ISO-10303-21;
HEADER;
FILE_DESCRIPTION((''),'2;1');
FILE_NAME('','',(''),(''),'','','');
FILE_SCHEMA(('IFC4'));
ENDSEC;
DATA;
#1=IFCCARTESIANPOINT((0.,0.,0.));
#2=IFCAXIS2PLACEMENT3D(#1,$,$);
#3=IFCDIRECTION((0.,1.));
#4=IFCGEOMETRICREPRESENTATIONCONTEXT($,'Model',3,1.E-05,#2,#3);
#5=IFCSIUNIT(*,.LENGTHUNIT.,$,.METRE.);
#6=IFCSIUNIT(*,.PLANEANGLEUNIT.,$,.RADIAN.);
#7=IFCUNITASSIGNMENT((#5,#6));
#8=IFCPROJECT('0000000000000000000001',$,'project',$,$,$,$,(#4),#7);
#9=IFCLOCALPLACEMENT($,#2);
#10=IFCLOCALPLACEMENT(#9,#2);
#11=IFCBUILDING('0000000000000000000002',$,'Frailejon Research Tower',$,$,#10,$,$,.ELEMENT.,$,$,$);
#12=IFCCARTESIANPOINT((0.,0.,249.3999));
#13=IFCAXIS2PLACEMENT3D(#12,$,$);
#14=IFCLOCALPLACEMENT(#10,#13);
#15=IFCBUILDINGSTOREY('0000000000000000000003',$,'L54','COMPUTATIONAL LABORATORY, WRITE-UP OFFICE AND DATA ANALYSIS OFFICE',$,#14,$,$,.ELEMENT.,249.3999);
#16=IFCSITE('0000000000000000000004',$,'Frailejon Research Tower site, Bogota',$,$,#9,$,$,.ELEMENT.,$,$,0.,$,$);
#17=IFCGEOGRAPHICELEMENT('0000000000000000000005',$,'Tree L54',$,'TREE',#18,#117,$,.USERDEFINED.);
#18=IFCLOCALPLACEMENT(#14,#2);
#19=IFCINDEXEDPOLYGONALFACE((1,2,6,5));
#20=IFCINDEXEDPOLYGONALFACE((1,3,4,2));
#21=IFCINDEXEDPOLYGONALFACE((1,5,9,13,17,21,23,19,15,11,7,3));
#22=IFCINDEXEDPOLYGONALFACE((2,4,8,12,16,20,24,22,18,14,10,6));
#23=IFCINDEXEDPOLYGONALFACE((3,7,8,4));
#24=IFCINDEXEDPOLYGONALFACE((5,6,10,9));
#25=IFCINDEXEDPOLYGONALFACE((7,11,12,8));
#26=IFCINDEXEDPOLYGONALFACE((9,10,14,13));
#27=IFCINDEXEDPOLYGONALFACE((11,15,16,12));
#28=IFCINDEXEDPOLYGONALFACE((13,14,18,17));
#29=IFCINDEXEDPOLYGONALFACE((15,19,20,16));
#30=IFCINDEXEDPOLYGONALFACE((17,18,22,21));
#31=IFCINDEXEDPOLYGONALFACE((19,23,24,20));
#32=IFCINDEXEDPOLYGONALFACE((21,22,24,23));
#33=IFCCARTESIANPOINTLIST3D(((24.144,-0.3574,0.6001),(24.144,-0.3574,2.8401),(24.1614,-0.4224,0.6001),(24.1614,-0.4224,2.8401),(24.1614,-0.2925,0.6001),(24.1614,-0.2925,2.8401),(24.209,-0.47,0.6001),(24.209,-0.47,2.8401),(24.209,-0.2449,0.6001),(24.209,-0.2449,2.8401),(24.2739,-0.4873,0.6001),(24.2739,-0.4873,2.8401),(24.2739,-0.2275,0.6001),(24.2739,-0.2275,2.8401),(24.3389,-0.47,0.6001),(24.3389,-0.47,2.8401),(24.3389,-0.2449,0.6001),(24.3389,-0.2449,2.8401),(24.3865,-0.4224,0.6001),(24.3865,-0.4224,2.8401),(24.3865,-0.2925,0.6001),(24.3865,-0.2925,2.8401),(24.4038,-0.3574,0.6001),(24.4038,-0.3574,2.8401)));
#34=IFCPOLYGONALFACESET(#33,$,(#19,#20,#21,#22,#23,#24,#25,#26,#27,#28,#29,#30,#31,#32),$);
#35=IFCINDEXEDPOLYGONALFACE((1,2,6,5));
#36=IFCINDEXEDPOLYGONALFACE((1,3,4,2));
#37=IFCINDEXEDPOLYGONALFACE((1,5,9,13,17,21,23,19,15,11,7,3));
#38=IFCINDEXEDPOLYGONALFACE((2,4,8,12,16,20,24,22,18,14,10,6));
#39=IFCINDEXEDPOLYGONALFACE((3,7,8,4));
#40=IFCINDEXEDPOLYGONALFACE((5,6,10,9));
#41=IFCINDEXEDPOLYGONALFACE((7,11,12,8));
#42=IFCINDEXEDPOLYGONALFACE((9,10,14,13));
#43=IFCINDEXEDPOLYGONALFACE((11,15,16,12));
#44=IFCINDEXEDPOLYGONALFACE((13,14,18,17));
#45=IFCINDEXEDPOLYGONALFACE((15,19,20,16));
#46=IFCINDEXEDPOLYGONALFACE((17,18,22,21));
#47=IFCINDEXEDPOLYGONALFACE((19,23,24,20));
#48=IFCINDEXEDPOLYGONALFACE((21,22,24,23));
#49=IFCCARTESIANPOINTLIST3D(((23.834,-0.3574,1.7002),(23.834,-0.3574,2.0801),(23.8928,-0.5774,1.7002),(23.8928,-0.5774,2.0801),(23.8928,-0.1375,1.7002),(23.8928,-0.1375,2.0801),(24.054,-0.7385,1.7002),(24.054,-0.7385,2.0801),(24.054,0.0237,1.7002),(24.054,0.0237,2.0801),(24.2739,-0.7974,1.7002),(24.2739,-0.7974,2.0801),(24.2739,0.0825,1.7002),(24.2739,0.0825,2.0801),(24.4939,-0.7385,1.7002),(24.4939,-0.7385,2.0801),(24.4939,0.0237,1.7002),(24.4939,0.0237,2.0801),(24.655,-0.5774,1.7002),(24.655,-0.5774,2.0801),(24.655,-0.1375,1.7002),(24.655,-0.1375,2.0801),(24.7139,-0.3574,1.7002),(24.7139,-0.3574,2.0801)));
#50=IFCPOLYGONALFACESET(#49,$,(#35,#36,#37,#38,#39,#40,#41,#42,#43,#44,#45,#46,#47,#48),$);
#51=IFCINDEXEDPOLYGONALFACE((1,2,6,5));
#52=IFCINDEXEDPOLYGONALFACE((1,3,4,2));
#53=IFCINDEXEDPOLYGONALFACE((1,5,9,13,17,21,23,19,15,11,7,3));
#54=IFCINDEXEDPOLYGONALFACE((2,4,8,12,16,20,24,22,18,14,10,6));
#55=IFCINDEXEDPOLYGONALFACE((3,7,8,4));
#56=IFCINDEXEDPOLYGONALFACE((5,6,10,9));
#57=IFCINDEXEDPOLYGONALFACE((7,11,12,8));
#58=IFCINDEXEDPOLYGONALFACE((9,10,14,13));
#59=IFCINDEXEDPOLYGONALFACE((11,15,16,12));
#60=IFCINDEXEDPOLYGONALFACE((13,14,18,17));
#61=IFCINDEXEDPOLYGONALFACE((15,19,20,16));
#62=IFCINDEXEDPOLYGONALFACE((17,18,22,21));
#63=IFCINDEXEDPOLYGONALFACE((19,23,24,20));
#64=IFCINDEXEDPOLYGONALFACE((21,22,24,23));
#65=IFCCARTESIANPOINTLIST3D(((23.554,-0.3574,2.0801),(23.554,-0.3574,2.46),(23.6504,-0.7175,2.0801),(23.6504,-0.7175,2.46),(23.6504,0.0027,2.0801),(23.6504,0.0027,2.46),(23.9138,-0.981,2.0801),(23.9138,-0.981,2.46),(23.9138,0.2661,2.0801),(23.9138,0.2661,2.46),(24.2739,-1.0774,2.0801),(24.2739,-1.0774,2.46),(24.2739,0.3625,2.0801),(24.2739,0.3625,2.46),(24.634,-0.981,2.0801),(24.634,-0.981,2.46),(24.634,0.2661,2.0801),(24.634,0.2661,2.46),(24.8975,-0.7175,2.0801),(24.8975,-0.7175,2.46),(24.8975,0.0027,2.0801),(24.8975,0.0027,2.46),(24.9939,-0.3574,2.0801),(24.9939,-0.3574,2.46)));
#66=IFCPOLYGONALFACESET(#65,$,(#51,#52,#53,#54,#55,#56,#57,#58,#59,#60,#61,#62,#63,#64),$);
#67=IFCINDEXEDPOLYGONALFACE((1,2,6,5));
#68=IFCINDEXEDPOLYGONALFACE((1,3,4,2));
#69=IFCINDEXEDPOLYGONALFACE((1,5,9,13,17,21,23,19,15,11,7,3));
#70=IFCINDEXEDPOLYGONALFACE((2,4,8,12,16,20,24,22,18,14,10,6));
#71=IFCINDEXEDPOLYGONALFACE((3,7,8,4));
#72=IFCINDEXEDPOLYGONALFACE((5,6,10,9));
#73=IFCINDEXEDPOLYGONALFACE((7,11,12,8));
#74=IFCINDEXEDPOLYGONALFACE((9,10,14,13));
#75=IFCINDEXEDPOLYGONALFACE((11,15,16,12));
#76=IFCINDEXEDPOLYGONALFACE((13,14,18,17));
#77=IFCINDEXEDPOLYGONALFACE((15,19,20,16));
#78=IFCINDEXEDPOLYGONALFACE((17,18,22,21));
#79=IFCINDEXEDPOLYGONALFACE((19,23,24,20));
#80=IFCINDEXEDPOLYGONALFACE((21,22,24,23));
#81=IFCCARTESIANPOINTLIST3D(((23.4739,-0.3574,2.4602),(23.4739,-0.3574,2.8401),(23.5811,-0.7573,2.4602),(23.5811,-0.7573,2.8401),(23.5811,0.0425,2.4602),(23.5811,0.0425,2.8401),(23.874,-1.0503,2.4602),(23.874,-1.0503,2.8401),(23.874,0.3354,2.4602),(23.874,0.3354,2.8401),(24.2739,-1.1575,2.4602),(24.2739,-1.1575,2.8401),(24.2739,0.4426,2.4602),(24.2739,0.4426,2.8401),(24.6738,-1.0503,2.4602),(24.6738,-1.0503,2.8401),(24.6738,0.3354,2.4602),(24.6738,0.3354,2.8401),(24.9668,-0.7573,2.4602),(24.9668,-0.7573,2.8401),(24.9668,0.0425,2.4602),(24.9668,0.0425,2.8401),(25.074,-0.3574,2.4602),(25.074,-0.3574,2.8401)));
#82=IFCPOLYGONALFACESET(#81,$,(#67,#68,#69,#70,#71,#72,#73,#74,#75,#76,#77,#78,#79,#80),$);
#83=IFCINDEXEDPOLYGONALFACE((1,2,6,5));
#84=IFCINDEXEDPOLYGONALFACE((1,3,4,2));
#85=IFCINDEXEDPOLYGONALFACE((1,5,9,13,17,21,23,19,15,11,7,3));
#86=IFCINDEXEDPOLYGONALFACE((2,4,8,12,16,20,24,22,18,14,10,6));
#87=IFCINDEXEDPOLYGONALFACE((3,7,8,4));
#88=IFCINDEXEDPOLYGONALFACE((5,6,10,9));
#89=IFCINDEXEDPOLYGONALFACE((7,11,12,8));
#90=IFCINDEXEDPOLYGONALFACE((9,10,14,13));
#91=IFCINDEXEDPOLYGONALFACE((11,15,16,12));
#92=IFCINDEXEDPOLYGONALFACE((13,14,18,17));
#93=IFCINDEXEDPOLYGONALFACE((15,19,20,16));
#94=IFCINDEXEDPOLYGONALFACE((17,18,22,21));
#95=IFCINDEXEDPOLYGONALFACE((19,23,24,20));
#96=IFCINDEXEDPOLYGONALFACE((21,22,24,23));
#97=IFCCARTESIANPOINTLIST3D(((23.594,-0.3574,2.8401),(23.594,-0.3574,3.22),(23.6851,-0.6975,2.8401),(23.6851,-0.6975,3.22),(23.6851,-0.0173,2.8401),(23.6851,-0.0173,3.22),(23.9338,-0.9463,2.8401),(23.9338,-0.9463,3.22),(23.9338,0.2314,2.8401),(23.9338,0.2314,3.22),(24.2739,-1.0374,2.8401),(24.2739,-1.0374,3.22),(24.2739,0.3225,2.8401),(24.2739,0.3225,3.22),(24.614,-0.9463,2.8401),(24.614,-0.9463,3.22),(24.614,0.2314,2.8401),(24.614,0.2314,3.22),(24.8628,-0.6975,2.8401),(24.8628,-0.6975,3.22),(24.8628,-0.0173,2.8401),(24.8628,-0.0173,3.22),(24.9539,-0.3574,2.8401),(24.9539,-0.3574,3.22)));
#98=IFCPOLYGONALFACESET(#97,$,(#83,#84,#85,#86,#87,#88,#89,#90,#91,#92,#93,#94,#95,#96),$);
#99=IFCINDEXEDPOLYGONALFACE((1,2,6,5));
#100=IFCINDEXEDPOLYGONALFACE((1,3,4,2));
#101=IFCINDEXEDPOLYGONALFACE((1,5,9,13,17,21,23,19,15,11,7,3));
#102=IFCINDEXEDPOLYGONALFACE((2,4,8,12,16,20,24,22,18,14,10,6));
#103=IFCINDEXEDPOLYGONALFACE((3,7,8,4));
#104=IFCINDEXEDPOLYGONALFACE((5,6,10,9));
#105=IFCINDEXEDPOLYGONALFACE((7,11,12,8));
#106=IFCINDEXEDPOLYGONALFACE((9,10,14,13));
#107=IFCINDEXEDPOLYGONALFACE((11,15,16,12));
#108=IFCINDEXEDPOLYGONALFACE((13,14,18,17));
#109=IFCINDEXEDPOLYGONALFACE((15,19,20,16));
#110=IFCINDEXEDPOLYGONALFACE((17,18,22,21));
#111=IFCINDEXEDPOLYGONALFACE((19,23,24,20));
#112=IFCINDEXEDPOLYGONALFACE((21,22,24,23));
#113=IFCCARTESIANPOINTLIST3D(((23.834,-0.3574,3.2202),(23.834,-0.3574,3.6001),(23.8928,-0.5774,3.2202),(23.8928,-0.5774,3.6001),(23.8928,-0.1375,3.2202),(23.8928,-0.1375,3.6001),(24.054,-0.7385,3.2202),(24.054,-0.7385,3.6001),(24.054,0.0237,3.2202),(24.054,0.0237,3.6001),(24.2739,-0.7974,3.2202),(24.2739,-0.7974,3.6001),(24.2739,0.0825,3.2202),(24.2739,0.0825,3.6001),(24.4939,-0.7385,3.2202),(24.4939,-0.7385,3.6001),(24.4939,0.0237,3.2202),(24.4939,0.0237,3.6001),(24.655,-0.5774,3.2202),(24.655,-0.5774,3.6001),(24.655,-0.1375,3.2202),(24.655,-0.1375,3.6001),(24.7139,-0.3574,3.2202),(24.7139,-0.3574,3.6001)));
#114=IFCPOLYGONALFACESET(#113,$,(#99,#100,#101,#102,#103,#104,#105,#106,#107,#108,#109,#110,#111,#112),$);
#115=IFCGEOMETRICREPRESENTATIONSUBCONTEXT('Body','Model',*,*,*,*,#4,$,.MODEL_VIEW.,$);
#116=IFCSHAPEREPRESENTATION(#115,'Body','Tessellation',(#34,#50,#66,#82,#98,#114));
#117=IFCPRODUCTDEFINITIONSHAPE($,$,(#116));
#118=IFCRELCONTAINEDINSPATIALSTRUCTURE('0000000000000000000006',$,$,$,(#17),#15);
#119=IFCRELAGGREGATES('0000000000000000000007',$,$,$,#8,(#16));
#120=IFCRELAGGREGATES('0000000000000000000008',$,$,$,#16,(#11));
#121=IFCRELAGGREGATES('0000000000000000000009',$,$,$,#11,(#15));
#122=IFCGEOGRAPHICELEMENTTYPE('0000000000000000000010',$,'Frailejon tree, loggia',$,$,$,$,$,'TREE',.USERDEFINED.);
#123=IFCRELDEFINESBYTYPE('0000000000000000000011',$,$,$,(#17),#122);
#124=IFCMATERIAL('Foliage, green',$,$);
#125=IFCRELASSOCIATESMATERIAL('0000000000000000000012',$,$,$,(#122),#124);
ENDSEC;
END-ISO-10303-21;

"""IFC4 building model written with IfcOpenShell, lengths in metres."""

from ifc_helpers import new_model, si_unit, direction, frame, origin, place, context, subcontext, project, spatial, polyline, outline, extrude, material, type_object, element, save


model = new_model("IFC4")

# Units and contexts
model_context = context("Model", 3, precision=1e-05, world=origin(), true_north=direction((0.0, 1.0)))
body_context = subcontext(model_context, "Body", "Model", "MODEL_VIEW")
ifc_project = project(units=[si_unit("LENGTHUNIT", "METRE"), si_unit("PLANEANGLEUNIT", "RADIAN")], contexts=[model_context])

# Site, building, storey
site_placement = place(None, origin())
site = spatial("IfcSite", under=ifc_project, at=site_placement, Name="Frailejon Research Tower site, Bogota", CompositionType="ELEMENT", RefElevation=0.0)
building_placement = place(site_placement, origin())
building = spatial("IfcBuilding", under=site, at=building_placement, Name="Frailejon Research Tower", CompositionType="ELEMENT")
storey_placement = place(building_placement, frame((0.0, 0.0, 249.3999)))
storey = spatial("IfcBuildingStorey", under=building, at=storey_placement, Name="L54", Description="COMPUTATIONAL LABORATORY, WRITE-UP OFFICE AND DATA ANALYSIS OFFICE", CompositionType="ELEMENT", Elevation=249.3999)

# Geographic element
ifc_material_1 = material(Name="Foliage, green")
geographic_element_type = type_object("IfcGeographicElementType", Name="Frailejon tree, loggia", ElementType="TREE", PredefinedType="USERDEFINED", material=ifc_material_1)
geographic_element_placement = place(storey_placement, frame((24.2739, -0.3574, 0.6001)))
element("IfcGeographicElement", 1, at=geographic_element_placement, inside=storey, type_object=geographic_element_type, Name="Tree L54", ObjectType="TREE", PredefinedType="USERDEFINED", context=body_context, shape_type="SweptSolid", body=[
    extrude(outline(polyline([(0.1299, 0.0), (0.1125, 0.0649), (0.0649, 0.1125), (0.0, 0.1299), (-0.0649, 0.1125), (-0.1125, 0.0649), (-0.1299, 0.0), (-0.1125, -0.0649), (-0.0649, -0.1125), (0.0, -0.1299), (0.0649, -0.1125), (0.1125, -0.0649), (0.1299, 0.0)])), origin(), (0.0, 0.0, 1.0), 2.24),
    extrude(outline(polyline([(0.4399, 0.0), (0.3811, 0.22), (0.22, 0.3811), (0.0, 0.4399), (-0.22, 0.3811), (-0.3811, 0.22), (-0.4399, 0.0), (-0.3811, -0.22), (-0.22, -0.3811), (0.0, -0.4399), (0.22, -0.3811), (0.3811, -0.22), (0.4399, 0.0)])), frame((0.0, 0.0, 1.1001)), (0.0, 0.0, 1.0), 0.3799),
    extrude(outline(polyline([(0.72, 0.0), (0.6235, 0.3601), (0.3601, 0.6235), (0.0, 0.72), (-0.3601, 0.6235), (-0.6235, 0.3601), (-0.72, 0.0), (-0.6235, -0.3601), (-0.3601, -0.6235), (0.0, -0.72), (0.3601, -0.6235), (0.6235, -0.3601), (0.72, 0.0)])), frame((0.0, 0.0, 1.48)), (0.0, 0.0, 1.0), 0.3799),
    extrude(outline(polyline([(0.8, 0.0), (0.6929, 0.3999), (0.3999, 0.6929), (0.0, 0.8), (-0.3999, 0.6929), (-0.6929, 0.3999), (-0.8, 0.0), (-0.6929, -0.3999), (-0.3999, -0.6929), (0.0, -0.8), (0.3999, -0.6929), (0.6929, -0.3999), (0.8, 0.0)])), frame((0.0, 0.0, 1.8601)), (0.0, 0.0, 1.0), 0.3799),
    extrude(outline(polyline([(0.6799, 0.0), (0.5889, 0.3401), (0.3401, 0.5889), (0.0, 0.6799), (-0.3401, 0.5889), (-0.5889, 0.3401), (-0.6799, 0.0), (-0.5889, -0.3401), (-0.3401, -0.5889), (0.0, -0.6799), (0.3401, -0.5889), (0.5889, -0.3401), (0.6799, 0.0)])), frame((0.0, 0.0, 2.24)), (0.0, 0.0, 1.0), 0.3799),
    extrude(outline(polyline([(0.4399, 0.0), (0.3811, 0.22), (0.22, 0.3811), (0.0, 0.4399), (-0.22, 0.3811), (-0.3811, 0.22), (-0.4399, 0.0), (-0.3811, -0.22), (-0.22, -0.3811), (0.0, -0.4399), (0.22, -0.3811), (0.3811, -0.22), (0.4399, 0.0)])), frame((0.0, 0.0, 2.6201)), (0.0, 0.0, 1.0), 0.3799),
])

save(model, "model.ifc")
